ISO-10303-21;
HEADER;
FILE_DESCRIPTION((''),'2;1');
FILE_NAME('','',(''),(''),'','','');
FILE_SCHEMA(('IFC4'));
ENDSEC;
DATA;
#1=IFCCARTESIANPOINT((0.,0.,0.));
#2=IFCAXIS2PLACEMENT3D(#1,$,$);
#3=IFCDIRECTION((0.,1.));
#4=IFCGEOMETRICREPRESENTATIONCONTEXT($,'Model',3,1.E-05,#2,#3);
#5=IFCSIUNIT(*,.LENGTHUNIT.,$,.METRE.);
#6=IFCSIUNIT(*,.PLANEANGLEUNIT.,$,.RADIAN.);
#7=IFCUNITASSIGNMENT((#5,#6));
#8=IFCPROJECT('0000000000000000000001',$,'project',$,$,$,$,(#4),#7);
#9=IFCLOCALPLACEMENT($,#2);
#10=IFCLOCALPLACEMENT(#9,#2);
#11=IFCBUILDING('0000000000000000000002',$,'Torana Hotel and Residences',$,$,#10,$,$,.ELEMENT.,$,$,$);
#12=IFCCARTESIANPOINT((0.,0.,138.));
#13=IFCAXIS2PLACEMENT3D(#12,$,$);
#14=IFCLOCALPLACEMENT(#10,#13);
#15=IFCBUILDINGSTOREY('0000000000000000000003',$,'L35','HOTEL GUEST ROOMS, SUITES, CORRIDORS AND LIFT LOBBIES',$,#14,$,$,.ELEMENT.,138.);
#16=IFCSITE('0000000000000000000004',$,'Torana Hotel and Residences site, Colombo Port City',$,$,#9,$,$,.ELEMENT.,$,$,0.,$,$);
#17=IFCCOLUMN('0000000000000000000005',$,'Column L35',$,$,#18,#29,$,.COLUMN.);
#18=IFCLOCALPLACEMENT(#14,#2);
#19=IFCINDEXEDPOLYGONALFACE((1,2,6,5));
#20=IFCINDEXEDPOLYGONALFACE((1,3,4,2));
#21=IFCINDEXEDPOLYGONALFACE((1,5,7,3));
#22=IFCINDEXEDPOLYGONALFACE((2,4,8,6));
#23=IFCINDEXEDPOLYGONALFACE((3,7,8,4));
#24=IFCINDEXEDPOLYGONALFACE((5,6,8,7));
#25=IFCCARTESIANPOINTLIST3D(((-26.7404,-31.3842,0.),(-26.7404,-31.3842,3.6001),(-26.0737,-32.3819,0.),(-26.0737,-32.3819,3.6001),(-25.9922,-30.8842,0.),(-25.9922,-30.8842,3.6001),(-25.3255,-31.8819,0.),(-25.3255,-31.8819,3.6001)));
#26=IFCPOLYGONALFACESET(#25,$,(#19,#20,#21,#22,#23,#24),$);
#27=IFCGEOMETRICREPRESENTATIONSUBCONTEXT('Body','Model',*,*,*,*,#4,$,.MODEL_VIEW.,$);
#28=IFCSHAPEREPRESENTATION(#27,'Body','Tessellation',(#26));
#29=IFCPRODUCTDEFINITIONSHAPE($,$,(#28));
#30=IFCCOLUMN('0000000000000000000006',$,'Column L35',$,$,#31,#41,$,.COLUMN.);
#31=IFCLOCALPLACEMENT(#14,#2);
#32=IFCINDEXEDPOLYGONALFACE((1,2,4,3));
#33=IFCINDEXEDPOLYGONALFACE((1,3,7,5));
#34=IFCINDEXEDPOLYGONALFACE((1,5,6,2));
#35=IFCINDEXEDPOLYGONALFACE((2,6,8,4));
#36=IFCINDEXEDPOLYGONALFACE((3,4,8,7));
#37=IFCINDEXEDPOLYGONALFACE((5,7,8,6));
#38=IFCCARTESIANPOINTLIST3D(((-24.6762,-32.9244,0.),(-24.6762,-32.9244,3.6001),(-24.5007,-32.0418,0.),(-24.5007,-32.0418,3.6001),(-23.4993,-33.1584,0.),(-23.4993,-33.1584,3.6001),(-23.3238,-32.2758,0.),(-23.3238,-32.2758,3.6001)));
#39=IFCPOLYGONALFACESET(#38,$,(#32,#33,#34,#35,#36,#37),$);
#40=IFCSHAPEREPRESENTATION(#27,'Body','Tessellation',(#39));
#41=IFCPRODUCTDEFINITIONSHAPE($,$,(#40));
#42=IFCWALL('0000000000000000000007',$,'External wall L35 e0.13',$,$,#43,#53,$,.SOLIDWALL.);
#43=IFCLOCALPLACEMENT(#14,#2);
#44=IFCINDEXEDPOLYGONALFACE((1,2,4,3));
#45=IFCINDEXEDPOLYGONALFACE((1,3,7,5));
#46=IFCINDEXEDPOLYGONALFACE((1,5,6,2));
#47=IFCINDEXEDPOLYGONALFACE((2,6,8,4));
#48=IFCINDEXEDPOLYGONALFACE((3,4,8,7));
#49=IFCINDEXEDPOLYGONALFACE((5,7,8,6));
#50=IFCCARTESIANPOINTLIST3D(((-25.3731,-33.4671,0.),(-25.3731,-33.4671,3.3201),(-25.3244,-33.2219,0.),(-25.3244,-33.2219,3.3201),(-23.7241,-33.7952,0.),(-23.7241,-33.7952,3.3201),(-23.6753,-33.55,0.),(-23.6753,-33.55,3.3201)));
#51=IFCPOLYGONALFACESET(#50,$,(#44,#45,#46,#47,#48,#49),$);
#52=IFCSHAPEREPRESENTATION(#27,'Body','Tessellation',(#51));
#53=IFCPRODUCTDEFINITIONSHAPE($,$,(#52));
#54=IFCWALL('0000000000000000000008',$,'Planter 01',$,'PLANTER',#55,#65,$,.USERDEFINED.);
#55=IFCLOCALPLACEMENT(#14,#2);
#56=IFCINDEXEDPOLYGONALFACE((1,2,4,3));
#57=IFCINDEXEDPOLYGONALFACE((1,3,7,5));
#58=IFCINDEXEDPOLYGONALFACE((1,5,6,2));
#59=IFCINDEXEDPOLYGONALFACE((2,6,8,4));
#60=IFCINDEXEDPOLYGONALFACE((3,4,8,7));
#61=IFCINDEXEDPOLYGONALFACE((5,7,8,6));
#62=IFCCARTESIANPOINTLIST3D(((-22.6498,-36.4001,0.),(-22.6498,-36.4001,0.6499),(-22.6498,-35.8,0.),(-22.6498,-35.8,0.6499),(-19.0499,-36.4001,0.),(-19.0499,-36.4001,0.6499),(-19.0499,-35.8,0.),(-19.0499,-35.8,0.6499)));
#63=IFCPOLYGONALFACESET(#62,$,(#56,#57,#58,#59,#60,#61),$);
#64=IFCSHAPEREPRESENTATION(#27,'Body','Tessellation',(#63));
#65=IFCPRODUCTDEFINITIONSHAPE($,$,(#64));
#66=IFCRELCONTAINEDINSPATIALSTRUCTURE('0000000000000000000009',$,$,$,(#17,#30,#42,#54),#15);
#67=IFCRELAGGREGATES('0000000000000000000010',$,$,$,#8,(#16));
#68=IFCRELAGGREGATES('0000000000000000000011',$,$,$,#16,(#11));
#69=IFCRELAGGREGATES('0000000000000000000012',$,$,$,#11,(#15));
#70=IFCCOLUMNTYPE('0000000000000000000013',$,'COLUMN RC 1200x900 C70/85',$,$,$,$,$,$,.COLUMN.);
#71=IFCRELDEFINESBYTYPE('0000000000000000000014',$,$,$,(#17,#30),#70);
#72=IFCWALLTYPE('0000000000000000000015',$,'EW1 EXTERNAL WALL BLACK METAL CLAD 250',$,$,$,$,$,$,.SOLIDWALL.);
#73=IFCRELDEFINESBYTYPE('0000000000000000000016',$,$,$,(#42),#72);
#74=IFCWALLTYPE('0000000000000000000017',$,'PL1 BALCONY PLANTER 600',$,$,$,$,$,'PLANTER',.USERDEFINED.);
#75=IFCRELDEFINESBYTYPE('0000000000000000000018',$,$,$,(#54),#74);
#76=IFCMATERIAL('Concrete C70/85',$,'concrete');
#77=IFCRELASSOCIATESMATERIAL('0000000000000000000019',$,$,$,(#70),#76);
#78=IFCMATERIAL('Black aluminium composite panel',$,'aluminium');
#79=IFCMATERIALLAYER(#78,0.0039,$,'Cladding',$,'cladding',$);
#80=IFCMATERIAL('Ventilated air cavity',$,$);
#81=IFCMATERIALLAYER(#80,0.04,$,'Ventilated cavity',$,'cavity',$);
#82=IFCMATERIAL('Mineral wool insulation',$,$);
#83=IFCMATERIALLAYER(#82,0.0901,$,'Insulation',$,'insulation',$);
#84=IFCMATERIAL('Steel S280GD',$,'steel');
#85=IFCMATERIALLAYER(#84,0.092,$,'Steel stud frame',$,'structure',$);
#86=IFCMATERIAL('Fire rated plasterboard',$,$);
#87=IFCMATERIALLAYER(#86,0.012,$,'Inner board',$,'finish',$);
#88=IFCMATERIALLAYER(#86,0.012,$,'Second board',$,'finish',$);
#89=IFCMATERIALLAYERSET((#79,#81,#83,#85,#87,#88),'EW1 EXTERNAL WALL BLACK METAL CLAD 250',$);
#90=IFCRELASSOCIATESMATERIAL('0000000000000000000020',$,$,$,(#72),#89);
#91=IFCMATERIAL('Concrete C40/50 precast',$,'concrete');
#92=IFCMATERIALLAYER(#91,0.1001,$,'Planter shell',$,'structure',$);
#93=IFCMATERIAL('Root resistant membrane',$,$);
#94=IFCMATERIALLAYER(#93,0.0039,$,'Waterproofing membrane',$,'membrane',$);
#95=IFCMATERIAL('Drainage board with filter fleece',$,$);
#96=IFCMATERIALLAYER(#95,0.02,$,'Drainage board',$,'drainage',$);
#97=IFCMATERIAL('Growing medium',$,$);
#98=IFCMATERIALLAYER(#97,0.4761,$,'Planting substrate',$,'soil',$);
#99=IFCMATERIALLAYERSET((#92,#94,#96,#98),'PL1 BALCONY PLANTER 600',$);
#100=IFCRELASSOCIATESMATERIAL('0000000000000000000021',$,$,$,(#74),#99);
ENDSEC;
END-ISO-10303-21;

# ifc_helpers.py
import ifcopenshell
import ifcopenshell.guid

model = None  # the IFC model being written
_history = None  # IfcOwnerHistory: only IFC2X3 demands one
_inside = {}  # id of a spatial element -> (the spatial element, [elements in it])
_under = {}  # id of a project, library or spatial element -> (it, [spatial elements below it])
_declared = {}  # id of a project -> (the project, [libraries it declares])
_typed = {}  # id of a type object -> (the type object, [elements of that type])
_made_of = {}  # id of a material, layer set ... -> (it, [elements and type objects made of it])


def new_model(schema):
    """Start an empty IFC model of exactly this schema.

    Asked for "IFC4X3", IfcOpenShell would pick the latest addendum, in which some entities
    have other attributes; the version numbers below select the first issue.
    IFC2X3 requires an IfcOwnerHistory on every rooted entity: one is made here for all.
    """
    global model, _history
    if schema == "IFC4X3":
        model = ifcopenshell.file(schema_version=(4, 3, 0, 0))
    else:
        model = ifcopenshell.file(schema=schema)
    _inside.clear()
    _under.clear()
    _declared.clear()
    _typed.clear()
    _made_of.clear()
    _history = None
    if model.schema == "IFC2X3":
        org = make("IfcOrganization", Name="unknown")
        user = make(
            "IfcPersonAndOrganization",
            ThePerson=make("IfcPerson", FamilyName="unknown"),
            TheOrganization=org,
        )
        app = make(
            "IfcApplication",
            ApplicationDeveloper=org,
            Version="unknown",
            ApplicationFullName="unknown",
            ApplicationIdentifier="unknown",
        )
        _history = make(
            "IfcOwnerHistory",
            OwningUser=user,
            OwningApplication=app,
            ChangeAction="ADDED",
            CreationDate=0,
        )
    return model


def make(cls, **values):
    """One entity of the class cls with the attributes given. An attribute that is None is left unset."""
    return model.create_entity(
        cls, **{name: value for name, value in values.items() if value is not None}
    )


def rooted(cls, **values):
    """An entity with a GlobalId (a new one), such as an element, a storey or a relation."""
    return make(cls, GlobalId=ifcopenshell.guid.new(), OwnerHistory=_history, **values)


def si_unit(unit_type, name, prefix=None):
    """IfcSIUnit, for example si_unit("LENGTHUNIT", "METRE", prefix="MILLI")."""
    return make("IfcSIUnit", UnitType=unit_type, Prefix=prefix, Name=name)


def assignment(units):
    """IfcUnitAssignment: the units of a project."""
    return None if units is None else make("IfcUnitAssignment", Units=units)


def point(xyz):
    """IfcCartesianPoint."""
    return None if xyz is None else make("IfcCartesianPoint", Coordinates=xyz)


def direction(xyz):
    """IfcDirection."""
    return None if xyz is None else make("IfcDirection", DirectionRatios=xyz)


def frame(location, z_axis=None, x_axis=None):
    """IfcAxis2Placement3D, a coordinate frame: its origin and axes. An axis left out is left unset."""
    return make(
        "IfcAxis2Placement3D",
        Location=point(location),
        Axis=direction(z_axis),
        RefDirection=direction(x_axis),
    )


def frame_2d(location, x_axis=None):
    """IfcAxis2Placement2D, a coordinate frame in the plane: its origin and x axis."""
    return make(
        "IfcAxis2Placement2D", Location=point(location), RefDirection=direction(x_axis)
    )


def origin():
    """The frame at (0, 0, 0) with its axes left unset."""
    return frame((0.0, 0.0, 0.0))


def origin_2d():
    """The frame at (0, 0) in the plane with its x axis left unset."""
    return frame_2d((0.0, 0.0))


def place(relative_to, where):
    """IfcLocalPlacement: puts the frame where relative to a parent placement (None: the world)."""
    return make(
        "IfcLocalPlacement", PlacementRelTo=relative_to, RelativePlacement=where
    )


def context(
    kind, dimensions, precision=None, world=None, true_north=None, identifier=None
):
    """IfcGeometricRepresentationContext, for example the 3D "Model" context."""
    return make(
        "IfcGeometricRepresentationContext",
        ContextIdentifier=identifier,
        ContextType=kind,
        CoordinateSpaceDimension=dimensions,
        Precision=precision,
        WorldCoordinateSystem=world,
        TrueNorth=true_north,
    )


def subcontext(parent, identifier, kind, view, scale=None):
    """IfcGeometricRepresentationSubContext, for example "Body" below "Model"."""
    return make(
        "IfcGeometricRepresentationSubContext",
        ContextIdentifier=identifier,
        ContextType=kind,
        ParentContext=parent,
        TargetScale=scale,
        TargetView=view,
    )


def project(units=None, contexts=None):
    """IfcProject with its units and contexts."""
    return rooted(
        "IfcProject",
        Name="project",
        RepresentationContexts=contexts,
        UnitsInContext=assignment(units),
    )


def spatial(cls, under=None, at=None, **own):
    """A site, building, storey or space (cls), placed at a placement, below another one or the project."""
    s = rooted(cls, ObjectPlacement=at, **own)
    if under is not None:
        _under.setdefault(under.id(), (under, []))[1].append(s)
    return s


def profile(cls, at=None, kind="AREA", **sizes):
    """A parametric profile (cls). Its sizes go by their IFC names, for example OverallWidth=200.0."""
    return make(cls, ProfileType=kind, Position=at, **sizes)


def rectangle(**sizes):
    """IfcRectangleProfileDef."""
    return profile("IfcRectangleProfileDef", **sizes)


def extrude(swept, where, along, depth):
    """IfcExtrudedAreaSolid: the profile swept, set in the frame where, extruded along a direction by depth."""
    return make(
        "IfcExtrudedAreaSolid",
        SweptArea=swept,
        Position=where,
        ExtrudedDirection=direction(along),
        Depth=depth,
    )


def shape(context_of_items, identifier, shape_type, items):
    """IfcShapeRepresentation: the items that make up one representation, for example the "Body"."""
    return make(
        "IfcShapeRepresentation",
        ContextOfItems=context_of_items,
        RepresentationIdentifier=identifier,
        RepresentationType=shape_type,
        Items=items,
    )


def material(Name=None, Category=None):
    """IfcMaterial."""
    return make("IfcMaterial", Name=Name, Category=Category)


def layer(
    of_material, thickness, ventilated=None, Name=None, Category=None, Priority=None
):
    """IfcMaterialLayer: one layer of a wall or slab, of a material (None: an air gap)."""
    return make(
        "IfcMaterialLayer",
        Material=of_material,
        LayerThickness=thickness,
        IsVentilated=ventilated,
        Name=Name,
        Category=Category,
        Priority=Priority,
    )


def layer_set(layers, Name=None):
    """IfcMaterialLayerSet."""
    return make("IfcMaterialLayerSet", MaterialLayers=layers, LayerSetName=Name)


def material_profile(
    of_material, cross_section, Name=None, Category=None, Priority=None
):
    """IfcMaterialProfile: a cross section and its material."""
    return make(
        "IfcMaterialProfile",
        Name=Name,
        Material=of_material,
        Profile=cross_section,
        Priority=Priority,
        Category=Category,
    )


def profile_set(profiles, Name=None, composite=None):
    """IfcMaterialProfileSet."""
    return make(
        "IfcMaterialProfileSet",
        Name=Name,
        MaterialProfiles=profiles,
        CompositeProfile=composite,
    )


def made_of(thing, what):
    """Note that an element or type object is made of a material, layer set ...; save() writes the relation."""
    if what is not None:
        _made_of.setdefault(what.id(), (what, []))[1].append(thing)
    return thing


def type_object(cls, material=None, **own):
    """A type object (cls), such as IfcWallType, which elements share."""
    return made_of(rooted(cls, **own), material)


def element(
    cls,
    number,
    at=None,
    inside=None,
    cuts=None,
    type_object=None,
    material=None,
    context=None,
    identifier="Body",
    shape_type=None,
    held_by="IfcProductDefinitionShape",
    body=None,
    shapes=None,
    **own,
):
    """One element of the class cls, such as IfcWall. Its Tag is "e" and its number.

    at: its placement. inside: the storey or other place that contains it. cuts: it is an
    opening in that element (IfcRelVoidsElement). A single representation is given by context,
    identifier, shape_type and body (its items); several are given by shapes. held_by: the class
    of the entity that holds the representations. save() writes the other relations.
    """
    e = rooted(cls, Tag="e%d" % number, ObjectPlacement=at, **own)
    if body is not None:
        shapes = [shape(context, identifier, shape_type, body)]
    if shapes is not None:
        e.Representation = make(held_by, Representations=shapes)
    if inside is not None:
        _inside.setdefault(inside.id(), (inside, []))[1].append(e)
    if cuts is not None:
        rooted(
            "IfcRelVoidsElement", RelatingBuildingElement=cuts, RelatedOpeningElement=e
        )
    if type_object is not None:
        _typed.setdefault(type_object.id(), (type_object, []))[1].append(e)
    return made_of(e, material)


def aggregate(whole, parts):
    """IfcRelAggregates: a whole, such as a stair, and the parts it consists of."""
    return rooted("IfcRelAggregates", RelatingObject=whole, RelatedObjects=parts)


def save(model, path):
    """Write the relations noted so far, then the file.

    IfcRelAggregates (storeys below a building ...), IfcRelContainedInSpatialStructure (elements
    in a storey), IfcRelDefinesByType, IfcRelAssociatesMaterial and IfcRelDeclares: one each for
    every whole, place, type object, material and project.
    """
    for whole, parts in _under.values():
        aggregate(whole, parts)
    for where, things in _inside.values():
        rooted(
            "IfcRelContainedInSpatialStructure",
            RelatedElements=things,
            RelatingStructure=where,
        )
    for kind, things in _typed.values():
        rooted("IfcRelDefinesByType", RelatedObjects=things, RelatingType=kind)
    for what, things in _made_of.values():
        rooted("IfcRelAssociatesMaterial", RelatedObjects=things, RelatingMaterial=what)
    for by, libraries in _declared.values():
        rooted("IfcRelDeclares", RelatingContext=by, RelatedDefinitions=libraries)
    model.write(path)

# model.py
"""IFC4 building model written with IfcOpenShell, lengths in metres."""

from ifc_helpers import new_model, si_unit, direction, frame, frame_2d, origin, origin_2d, place, context, subcontext, project, spatial, rectangle, extrude, material, layer, layer_set, material_profile, profile_set, type_object, element, save


model = new_model("IFC4")

# Units and contexts
model_context = context("Model", 3, precision=1e-05, world=origin(), true_north=direction((0.0, 1.0)))
body_context = subcontext(model_context, "Body", "Model", "MODEL_VIEW")
ifc_project = project(units=[si_unit("LENGTHUNIT", "METRE"), si_unit("PLANEANGLEUNIT", "RADIAN")], contexts=[model_context])

# Site, building, storey
site_placement = place(None, origin())
site = spatial("IfcSite", under=ifc_project, at=site_placement, Name="Torana Hotel and Residences site, Colombo Port City", CompositionType="ELEMENT", RefElevation=0.0)
building_placement = place(site_placement, origin())
building = spatial("IfcBuilding", under=site, at=building_placement, Name="Torana Hotel and Residences", CompositionType="ELEMENT")
storey_placement = place(building_placement, frame((0.0, 0.0, 138.0)))
storey = spatial("IfcBuildingStorey", under=building, at=storey_placement, Name="L35", Description="HOTEL GUEST ROOMS, SUITES, CORRIDORS AND LIFT LOBBIES", CompositionType="ELEMENT", Elevation=138.0)

# Columns
ifc_material_1 = material(Name="Concrete C70/85", Category="concrete")
ifc_material_profile = material_profile(ifc_material_1, rectangle(XDim=1.2, YDim=0.8999, at=origin_2d()), Name="RC 1200x900")
ifc_profile_set = profile_set([ifc_material_profile], Name="Concrete C70/85")
column_type = type_object("IfcColumnType", Name="COLUMN RC 1200x900 C70/85", PredefinedType="COLUMN", material=ifc_profile_set)
for number, where, z_axis, x_axis, name in (
    (1, (-26.033, -31.6331, 0.0), (0.0, 0.0, 1.0), (-0.555585, 0.83146, 0.0), "Column L35"),
    (2, (-24.0, -32.6001, 0.0), (0.0, 0.0, 1.0), (-0.980792, 0.195056, 0.0), "Column L35"),
):
    element("IfcColumn", number, at=place(storey_placement, frame(where, z_axis=z_axis, x_axis=x_axis)), inside=storey, type_object=column_type, Name=name, PredefinedType="COLUMN", context=body_context, shape_type="SweptSolid", body=[
        extrude(rectangle(XDim=1.2, YDim=0.8999, at=origin_2d()), origin(), (0.0, 0.0, 1.0), 3.6001),
    ])

# Wall
ifc_material_2 = material(Name="Black aluminium composite panel", Category="aluminium")
ifc_layer_1 = layer(ifc_material_2, 0.0039, Name="Cladding", Category="cladding")
ifc_material_3 = material(Name="Ventilated air cavity")
ifc_layer_2 = layer(ifc_material_3, 0.04, Name="Ventilated cavity", Category="cavity")
ifc_material_4 = material(Name="Mineral wool insulation")
ifc_layer_3 = layer(ifc_material_4, 0.0901, Name="Insulation", Category="insulation")
ifc_material_5 = material(Name="Steel S280GD", Category="steel")
ifc_layer_4 = layer(ifc_material_5, 0.092, Name="Steel stud frame", Category="structure")
ifc_material_6 = material(Name="Fire rated plasterboard")
ifc_layer_5 = layer(ifc_material_6, 0.012, Name="Inner board", Category="finish")
ifc_layer_6 = layer(ifc_material_6, 0.012, Name="Second board", Category="finish")
ifc_layer_set_1 = layer_set([ifc_layer_1, ifc_layer_2, ifc_layer_3, ifc_layer_4, ifc_layer_5, ifc_layer_6], Name="EW1 EXTERNAL WALL BLACK METAL CLAD 250")
wall_type_1 = type_object("IfcWallType", Name="EW1 EXTERNAL WALL BLACK METAL CLAD 250", PredefinedType="SOLIDWALL", material=ifc_layer_set_1)
wall_1_placement = place(storey_placement, frame((-25.3489, -33.3445, 0.0), z_axis=(0.0, 0.0, 1.0), x_axis=(0.980776, -0.195139, 0.0)))
element("IfcWall", 3, at=wall_1_placement, inside=storey, type_object=wall_type_1, Name="External wall L35 e0.13", PredefinedType="SOLIDWALL", context=body_context, shape_type="SweptSolid", body=[
    extrude(rectangle(XDim=1.6814, YDim=0.25, at=frame_2d((0.8408, 0.0))), origin(), (0.0, 0.0, 1.0), 3.3201),
])

# Wall
ifc_material_7 = material(Name="Concrete C40/50 precast", Category="concrete")
ifc_layer_7 = layer(ifc_material_7, 0.1001, Name="Planter shell", Category="structure")
ifc_material_8 = material(Name="Root resistant membrane")
ifc_layer_8 = layer(ifc_material_8, 0.0039, Name="Waterproofing membrane", Category="membrane")
ifc_material_9 = material(Name="Drainage board with filter fleece")
ifc_layer_9 = layer(ifc_material_9, 0.02, Name="Drainage board", Category="drainage")
ifc_material_10 = material(Name="Growing medium")
ifc_layer_10 = layer(ifc_material_10, 0.4761, Name="Planting substrate", Category="soil")
ifc_layer_set_2 = layer_set([ifc_layer_7, ifc_layer_8, ifc_layer_9, ifc_layer_10], Name="PL1 BALCONY PLANTER 600")
wall_type_2 = type_object("IfcWallType", Name="PL1 BALCONY PLANTER 600", ElementType="PLANTER", PredefinedType="USERDEFINED", material=ifc_layer_set_2)
wall_2_placement = place(storey_placement, frame((-19.05, -36.1001, 0.0), z_axis=(0.0, 0.0, 1.0), x_axis=(-1.0, 0.0, 0.0)))
element("IfcWall", 4, at=wall_2_placement, inside=storey, type_object=wall_type_2, Name="Planter 01", ObjectType="PLANTER", PredefinedType="USERDEFINED", context=body_context, shape_type="SweptSolid", body=[
    extrude(rectangle(XDim=3.5999, YDim=0.6001, at=frame_2d((1.7998, 0.0))), origin(), (0.0, 0.0, 1.0), 0.6499),
])

save(model, "model.ifc")
